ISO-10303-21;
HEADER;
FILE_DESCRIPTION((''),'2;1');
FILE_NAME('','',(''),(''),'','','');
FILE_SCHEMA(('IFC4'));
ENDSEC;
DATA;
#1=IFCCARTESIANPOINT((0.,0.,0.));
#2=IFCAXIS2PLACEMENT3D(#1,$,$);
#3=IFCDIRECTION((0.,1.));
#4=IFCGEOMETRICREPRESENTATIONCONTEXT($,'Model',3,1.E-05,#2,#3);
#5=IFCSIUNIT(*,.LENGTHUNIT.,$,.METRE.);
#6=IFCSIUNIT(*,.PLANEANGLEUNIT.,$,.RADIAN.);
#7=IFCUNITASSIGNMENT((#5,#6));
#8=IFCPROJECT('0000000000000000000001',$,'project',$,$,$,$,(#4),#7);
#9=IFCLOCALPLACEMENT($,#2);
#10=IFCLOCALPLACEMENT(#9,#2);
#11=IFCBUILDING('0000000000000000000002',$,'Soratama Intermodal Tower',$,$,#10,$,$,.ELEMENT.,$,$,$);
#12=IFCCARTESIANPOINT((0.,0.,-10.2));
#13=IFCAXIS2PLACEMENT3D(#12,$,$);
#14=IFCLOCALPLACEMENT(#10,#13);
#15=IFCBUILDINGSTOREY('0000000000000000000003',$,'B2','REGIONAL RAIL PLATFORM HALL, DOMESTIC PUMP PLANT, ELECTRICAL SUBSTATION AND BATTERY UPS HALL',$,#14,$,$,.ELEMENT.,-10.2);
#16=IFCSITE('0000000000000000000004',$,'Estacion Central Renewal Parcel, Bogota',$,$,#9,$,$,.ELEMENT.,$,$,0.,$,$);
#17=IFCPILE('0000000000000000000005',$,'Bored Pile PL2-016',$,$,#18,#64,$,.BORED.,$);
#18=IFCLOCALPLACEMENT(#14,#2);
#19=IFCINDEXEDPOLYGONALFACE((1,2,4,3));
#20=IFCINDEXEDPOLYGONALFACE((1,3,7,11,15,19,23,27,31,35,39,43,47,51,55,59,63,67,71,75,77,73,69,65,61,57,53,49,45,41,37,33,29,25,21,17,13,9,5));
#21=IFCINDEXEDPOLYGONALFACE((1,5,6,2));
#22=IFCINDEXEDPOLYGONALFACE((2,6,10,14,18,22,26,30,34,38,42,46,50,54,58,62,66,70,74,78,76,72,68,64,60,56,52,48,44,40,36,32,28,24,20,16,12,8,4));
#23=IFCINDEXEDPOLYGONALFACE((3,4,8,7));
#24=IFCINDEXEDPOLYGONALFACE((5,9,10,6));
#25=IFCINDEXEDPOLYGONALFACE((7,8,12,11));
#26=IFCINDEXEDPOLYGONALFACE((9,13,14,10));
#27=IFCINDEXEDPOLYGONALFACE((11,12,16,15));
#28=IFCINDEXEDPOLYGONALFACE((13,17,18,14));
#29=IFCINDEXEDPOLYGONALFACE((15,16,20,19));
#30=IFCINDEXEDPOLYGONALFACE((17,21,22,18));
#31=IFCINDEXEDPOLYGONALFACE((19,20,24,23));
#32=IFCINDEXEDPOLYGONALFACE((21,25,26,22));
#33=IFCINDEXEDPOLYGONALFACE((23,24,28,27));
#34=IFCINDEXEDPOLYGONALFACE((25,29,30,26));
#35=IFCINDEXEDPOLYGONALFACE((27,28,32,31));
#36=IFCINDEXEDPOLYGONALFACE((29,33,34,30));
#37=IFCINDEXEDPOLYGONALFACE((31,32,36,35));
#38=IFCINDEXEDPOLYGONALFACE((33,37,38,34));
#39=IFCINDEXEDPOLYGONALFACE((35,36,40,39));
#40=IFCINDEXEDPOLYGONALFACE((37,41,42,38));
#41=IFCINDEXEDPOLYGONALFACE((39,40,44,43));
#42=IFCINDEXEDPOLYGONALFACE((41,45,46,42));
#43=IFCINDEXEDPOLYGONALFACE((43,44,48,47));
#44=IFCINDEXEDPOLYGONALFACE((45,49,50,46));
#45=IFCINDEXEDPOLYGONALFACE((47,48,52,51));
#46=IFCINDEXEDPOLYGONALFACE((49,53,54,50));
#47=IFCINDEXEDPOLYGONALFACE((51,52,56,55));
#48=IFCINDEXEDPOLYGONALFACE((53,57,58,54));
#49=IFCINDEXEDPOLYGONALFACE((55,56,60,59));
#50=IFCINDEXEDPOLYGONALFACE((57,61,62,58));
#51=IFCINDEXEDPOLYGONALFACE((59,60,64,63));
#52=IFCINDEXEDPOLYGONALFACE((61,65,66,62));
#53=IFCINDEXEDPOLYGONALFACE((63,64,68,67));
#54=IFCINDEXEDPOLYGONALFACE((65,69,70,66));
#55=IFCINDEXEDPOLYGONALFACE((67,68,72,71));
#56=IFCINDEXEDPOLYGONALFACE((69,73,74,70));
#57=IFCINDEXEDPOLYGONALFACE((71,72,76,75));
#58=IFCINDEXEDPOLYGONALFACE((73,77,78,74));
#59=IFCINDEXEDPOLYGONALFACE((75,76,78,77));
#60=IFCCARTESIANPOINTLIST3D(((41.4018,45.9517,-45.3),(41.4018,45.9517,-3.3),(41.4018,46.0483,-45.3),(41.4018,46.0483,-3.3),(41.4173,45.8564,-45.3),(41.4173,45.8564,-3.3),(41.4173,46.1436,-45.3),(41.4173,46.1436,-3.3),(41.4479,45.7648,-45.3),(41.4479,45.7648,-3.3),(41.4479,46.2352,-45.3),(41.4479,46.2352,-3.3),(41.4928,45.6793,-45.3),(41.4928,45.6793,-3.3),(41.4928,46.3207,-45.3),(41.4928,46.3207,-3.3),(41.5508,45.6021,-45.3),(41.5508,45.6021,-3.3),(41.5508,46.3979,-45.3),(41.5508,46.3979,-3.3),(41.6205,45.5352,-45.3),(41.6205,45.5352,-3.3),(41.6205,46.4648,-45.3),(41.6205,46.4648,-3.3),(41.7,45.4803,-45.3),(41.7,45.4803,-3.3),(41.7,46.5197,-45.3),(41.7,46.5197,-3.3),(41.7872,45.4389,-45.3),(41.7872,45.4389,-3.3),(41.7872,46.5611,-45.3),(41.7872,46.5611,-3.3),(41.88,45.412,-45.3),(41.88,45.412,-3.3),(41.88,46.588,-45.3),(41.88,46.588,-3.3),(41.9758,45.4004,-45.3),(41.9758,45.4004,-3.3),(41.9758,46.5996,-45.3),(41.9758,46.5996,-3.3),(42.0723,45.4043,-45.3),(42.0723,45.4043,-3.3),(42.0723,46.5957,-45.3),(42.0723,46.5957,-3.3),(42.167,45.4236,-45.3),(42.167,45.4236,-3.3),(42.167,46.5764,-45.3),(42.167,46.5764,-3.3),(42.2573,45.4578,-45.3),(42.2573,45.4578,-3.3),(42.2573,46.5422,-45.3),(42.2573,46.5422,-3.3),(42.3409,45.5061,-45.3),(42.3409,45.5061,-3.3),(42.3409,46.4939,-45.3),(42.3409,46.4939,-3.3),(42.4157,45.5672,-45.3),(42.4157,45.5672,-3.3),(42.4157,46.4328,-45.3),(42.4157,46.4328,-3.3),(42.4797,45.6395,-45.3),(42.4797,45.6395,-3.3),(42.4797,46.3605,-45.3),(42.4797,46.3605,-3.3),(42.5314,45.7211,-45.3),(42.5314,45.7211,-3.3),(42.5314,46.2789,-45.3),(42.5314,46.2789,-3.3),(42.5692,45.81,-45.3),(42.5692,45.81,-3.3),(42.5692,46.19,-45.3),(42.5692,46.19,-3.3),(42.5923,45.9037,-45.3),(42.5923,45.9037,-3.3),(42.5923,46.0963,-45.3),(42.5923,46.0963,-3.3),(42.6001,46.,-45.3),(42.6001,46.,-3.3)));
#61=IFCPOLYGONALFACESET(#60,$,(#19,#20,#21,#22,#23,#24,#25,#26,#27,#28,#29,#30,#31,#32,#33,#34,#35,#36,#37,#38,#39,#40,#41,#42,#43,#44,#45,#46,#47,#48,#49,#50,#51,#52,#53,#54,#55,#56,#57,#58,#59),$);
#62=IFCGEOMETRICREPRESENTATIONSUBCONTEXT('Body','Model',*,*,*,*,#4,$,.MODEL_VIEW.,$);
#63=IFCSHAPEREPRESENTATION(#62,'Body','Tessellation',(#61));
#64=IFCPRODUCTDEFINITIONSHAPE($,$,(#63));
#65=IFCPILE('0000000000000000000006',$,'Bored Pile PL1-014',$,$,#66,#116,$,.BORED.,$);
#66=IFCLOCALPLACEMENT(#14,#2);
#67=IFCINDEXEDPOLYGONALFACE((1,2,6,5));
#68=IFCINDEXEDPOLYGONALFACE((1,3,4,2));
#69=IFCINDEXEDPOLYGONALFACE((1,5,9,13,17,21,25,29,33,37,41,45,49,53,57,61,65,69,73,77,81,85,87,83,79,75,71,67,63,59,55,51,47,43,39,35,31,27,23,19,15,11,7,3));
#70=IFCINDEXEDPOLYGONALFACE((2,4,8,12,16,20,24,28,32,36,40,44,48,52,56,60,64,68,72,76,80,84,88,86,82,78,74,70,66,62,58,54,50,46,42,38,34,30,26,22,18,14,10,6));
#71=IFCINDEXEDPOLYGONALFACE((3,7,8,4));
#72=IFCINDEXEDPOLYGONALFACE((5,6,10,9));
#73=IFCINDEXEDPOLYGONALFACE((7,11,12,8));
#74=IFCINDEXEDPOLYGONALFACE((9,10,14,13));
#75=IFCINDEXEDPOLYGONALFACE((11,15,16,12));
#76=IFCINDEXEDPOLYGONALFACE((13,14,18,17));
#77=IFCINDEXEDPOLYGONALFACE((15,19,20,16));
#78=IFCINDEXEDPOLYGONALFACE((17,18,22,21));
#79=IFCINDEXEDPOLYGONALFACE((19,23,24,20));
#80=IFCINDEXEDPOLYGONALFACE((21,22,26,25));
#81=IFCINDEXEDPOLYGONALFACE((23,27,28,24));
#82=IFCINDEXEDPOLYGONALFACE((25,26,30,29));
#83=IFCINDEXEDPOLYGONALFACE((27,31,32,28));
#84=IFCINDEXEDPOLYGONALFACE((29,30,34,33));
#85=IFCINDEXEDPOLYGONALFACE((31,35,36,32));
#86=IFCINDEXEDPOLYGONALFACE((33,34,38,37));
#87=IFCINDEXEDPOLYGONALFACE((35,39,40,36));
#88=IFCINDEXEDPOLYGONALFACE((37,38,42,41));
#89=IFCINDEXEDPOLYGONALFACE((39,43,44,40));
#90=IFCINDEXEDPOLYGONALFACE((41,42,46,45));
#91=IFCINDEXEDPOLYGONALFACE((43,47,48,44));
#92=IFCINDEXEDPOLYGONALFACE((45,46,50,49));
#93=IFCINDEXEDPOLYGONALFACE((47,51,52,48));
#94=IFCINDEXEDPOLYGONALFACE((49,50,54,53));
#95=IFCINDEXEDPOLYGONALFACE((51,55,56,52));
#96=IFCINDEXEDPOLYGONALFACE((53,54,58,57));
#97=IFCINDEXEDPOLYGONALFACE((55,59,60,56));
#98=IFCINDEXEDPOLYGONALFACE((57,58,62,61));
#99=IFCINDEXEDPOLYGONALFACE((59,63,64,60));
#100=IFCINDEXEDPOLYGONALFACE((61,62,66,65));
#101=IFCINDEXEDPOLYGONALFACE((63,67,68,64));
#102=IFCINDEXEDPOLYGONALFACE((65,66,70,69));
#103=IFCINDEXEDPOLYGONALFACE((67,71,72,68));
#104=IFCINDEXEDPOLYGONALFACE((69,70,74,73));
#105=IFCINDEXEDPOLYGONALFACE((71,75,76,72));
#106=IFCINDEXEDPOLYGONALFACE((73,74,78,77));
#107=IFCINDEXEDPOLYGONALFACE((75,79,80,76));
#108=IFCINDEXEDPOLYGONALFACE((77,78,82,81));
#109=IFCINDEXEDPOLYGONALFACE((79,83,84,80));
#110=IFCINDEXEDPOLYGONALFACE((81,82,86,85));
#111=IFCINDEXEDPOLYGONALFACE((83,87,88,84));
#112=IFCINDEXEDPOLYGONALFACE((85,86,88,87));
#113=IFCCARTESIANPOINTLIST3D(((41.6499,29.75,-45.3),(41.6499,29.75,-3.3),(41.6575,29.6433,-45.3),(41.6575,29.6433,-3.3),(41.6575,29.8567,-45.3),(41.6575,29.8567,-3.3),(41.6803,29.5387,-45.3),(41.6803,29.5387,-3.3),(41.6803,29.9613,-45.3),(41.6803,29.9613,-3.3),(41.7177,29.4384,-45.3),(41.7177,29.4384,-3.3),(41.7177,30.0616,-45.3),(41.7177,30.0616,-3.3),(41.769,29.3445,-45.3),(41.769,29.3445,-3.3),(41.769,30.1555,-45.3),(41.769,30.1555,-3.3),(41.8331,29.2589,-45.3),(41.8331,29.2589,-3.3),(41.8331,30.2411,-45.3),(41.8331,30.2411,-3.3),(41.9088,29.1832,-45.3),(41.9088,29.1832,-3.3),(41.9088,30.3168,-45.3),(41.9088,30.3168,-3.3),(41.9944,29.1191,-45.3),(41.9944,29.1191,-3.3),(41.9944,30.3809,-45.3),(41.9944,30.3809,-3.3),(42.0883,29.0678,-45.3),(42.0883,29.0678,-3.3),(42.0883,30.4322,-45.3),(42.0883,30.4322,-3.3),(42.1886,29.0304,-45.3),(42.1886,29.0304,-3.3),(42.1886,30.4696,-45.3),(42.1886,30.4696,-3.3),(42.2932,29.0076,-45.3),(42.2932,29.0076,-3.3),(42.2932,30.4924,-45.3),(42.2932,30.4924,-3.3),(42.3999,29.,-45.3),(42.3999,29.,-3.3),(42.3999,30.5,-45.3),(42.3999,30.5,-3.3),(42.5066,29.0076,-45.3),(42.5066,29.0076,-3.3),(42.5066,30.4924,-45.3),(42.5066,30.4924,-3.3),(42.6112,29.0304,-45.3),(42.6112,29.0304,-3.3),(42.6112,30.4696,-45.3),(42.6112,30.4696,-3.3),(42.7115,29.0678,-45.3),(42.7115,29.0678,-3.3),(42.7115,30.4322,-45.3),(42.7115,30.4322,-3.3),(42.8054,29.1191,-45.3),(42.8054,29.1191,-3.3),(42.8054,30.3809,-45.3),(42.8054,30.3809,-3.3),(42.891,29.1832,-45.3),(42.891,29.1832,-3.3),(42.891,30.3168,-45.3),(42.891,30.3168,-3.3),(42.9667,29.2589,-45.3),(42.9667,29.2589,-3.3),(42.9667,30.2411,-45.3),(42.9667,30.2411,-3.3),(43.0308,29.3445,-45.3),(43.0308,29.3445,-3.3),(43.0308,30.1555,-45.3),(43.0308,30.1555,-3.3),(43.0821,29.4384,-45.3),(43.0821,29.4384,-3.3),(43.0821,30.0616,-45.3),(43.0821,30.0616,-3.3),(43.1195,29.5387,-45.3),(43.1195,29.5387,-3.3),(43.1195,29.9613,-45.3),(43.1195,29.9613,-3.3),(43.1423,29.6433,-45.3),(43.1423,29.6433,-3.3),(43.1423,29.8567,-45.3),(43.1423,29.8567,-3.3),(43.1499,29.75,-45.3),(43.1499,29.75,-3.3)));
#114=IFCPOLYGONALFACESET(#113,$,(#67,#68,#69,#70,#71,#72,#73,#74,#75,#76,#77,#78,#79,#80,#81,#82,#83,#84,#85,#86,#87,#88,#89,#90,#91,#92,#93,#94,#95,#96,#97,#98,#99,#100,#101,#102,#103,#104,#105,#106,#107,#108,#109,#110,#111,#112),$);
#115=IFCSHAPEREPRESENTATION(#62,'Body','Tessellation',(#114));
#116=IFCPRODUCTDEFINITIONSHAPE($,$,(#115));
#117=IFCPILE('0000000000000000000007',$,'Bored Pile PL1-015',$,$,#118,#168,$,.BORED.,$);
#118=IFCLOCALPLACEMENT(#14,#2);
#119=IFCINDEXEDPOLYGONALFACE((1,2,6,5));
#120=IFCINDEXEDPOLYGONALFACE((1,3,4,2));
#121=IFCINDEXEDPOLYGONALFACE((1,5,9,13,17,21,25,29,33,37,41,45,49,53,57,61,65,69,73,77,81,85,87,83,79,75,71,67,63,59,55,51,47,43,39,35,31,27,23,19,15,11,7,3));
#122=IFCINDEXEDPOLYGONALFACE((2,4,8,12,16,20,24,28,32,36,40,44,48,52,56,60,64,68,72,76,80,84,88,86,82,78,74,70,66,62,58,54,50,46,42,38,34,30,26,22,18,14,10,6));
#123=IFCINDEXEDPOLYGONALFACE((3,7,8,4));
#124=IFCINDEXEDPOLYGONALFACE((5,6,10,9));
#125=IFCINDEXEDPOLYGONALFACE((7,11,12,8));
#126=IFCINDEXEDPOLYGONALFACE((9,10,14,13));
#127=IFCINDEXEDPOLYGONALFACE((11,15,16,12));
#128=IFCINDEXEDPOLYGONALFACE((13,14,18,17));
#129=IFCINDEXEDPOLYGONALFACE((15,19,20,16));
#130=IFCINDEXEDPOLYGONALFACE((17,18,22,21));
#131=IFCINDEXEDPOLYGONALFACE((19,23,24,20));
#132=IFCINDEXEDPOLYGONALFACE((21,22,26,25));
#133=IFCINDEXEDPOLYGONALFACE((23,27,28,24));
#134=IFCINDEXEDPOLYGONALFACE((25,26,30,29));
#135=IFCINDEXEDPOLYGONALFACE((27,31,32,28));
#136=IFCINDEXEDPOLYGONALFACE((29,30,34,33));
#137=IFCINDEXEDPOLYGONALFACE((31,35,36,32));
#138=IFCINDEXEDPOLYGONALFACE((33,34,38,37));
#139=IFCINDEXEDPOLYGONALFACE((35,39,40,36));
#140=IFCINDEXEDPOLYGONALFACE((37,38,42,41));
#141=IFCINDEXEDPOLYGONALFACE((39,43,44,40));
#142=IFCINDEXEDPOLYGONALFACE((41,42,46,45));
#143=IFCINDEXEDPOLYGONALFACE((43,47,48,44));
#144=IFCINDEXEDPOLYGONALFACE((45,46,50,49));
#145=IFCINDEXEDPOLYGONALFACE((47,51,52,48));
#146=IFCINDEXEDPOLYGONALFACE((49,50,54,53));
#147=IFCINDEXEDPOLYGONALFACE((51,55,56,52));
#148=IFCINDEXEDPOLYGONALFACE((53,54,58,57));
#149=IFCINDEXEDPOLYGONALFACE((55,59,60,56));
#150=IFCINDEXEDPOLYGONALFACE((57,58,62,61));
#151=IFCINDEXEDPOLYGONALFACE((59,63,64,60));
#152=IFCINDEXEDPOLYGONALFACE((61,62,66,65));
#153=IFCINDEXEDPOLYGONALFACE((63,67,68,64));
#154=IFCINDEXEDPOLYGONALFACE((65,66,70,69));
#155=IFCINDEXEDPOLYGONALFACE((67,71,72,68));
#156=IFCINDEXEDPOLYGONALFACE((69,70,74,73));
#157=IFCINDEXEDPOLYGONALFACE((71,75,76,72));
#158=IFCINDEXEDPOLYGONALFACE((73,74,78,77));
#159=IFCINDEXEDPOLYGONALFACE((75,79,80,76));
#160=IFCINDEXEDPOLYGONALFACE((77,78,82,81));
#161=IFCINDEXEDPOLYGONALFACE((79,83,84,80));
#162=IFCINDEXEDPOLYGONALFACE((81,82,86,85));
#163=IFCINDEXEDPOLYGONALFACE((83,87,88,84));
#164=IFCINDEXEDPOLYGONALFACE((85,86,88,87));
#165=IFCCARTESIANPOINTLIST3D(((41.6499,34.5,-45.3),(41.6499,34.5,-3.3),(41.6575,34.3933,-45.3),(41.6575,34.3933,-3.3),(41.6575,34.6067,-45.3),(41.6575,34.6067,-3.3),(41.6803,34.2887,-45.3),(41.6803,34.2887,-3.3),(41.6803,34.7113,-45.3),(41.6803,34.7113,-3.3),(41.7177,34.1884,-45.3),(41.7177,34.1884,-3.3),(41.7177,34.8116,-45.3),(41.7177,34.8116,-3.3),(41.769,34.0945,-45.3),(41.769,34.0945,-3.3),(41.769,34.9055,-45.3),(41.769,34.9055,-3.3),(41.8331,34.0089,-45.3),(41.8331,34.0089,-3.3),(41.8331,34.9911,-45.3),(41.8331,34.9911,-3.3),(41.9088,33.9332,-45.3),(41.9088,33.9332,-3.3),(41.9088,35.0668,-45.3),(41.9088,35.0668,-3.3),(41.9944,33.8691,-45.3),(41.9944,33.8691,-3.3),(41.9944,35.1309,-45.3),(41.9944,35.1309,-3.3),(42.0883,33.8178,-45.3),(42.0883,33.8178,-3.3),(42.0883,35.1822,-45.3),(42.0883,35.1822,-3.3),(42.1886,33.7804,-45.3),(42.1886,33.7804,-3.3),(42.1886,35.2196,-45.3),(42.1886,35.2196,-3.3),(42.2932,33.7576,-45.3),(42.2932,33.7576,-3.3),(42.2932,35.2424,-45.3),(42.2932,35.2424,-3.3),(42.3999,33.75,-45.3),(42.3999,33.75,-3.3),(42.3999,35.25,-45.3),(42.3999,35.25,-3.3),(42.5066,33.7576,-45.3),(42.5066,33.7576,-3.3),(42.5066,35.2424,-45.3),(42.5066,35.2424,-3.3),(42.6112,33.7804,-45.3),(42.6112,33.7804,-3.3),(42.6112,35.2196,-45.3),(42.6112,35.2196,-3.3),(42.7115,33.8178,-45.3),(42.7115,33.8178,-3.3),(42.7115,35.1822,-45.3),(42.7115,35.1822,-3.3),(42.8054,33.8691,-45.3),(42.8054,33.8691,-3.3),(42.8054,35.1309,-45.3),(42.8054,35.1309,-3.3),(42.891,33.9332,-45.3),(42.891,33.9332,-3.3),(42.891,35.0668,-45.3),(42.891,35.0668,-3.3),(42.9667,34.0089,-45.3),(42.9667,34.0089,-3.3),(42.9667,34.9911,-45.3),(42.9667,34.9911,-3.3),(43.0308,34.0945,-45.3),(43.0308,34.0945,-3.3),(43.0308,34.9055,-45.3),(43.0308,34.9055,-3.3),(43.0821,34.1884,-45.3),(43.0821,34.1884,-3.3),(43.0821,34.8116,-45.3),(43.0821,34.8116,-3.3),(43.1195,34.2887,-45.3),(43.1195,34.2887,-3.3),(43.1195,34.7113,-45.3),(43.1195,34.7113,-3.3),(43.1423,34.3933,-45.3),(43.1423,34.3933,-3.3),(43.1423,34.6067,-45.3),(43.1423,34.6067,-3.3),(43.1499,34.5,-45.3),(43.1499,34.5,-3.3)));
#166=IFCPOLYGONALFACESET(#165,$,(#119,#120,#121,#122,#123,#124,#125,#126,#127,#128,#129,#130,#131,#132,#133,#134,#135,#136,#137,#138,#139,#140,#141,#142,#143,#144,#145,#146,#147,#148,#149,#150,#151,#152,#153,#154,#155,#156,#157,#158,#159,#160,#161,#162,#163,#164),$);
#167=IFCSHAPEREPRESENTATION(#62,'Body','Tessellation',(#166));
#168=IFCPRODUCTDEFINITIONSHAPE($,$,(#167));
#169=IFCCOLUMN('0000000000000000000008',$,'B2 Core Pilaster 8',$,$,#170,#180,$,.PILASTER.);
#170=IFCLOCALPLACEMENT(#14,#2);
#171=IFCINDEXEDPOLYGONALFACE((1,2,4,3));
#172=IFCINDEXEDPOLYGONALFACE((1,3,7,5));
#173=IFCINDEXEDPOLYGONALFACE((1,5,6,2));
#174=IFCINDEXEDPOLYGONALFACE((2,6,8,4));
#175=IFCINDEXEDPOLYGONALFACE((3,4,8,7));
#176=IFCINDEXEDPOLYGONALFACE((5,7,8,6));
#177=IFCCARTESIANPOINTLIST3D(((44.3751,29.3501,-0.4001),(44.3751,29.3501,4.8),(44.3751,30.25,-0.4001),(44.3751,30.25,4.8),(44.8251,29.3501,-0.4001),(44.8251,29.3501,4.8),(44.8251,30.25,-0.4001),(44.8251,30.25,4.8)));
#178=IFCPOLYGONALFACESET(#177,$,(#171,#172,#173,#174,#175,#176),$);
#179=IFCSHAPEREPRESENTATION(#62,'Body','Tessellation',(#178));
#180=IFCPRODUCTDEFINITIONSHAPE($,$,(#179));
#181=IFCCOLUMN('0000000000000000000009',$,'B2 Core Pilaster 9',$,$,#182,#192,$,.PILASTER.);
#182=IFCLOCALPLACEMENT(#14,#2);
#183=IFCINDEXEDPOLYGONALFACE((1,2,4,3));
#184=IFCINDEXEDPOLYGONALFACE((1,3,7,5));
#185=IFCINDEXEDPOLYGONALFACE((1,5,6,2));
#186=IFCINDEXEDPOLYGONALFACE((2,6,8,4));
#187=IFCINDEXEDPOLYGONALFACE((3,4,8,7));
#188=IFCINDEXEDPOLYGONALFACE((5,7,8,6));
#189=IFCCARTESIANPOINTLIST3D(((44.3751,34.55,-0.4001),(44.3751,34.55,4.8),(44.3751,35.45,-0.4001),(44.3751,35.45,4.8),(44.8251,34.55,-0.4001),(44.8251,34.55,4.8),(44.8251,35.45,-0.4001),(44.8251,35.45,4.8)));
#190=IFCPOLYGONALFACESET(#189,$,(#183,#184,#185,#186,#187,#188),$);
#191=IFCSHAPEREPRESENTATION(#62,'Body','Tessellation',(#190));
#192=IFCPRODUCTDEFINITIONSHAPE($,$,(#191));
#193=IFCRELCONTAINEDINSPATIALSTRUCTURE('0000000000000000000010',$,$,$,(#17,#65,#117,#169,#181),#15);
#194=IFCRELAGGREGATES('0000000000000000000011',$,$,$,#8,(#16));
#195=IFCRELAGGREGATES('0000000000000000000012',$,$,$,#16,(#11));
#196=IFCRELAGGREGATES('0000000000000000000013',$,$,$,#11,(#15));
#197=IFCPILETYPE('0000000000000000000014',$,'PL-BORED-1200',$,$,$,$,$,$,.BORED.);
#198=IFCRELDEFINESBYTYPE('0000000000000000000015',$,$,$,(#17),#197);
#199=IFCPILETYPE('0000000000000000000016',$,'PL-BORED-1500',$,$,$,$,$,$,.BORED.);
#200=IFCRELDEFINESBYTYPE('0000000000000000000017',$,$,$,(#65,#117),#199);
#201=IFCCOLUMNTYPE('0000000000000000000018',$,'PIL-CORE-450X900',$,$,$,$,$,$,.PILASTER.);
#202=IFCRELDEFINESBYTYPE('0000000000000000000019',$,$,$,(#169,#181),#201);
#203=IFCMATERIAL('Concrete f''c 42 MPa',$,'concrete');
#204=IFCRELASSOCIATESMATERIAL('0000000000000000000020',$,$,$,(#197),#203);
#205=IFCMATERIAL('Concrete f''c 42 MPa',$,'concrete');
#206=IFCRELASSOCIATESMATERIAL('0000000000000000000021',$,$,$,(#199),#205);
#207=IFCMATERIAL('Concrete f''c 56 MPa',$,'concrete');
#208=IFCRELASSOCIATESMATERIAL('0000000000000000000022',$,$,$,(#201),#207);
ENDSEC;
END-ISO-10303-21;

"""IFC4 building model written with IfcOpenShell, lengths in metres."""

from ifc_helpers import new_model, si_unit, direction, frame, origin, origin_2d, place, context, subcontext, project, spatial, rectangle, circle, extrude, material, material_profile, profile_set, type_object, element, save


model = new_model("IFC4")

# Units and contexts
model_context = context("Model", 3, precision=1e-05, world=origin(), true_north=direction((0.0, 1.0)))
body_context = subcontext(model_context, "Body", "Model", "MODEL_VIEW")
ifc_project = project(units=[si_unit("LENGTHUNIT", "METRE"), si_unit("PLANEANGLEUNIT", "RADIAN")], contexts=[model_context])

# Site, building, storey
site_placement = place(None, origin())
site = spatial("IfcSite", under=ifc_project, at=site_placement, Name="Estacion Central Renewal Parcel, Bogota", CompositionType="ELEMENT", RefElevation=0.0)
building_placement = place(site_placement, origin())
building = spatial("IfcBuilding", under=site, at=building_placement, Name="Soratama Intermodal Tower", CompositionType="ELEMENT")
storey_placement = place(building_placement, frame((0.0, 0.0, -10.2)))
storey = spatial("IfcBuildingStorey", under=building, at=storey_placement, Name="B2", Description="REGIONAL RAIL PLATFORM HALL, DOMESTIC PUMP PLANT, ELECTRICAL SUBSTATION AND BATTERY UPS HALL", CompositionType="ELEMENT", Elevation=-10.2)

# Piles
ifc_material_1 = material(Name="Concrete f'c 42 MPa", Category="concrete")
ifc_material_profile_1 = material_profile(ifc_material_1, circle(Radius=0.6001, at=origin_2d()), Name="PILE1200")
ifc_profile_set_1 = profile_set([ifc_material_profile_1], Name="Concrete f'c 42 MPa")
pile_type_1 = type_object("IfcPileType", Name="PL-BORED-1200", PredefinedType="BORED", material=ifc_profile_set_1)
pile_placement = place(storey_placement, frame((42.0, 46.0, -3.3), z_axis=(0.0, 0.0, -1.0), x_axis=(1.0, 0.0, 0.0)))
element("IfcPile", 1, at=pile_placement, inside=storey, type_object=pile_type_1, Name="Bored Pile PL2-016", PredefinedType="BORED", context=body_context, shape_type="SweptSolid", body=[
    extrude(circle(Radius=0.6001, at=origin_2d()), origin(), (0.0, 0.0, 1.0), 42.0),
])
ifc_material_2 = material(Name="Concrete f'c 42 MPa", Category="concrete")
ifc_material_profile_2 = material_profile(ifc_material_2, circle(Radius=0.75, at=origin_2d()), Name="PILE1500")
ifc_profile_set_2 = profile_set([ifc_material_profile_2], Name="Concrete f'c 42 MPa")
pile_type_2 = type_object("IfcPileType", Name="PL-BORED-1500", PredefinedType="BORED", material=ifc_profile_set_2)
for number, where, z_axis, x_axis, name in (
    (2, (42.3999, 29.75, -3.3), (0.0, 0.0, -1.0), (1.0, 0.0, 0.0), "Bored Pile PL1-014"),
    (3, (42.3999, 34.5, -3.3), (0.0, 0.0, -1.0), (1.0, 0.0, 0.0), "Bored Pile PL1-015"),
):
    element("IfcPile", number, at=place(storey_placement, frame(where, z_axis=z_axis, x_axis=x_axis)), inside=storey, type_object=pile_type_2, Name=name, PredefinedType="BORED", context=body_context, shape_type="SweptSolid", body=[
        extrude(circle(Radius=0.75, at=origin_2d()), origin(), (0.0, 0.0, 1.0), 42.0),
    ])

# Columns
ifc_material_3 = material(Name="Concrete f'c 56 MPa", Category="concrete")
ifc_material_profile_3 = material_profile(ifc_material_3, rectangle(XDim=0.45, YDim=0.8999, at=origin_2d()), Name="RC450X900")
ifc_profile_set_3 = profile_set([ifc_material_profile_3], Name="Concrete f'c 56 MPa")
column_type = type_object("IfcColumnType", Name="PIL-CORE-450X900", PredefinedType="PILASTER", material=ifc_profile_set_3)
for number, where, z_axis, x_axis, name in (
    (4, (44.6001, 29.8, -0.4001), (0.0, 0.0, 1.0), (1.0, 0.0, 0.0), "B2 Core Pilaster 8"),
    (5, (44.6001, 35.0, -0.4001), (0.0, 0.0, 1.0), (1.0, 0.0, 0.0), "B2 Core Pilaster 9"),
):
    element("IfcColumn", number, at=place(storey_placement, frame(where, z_axis=z_axis, x_axis=x_axis)), inside=storey, type_object=column_type, Name=name, PredefinedType="PILASTER", context=body_context, shape_type="SweptSolid", body=[
        extrude(rectangle(XDim=0.45, YDim=0.8999, at=origin_2d()), origin(), (0.0, 0.0, 1.0), 5.2002),
    ])

save(model, "model.ifc")
